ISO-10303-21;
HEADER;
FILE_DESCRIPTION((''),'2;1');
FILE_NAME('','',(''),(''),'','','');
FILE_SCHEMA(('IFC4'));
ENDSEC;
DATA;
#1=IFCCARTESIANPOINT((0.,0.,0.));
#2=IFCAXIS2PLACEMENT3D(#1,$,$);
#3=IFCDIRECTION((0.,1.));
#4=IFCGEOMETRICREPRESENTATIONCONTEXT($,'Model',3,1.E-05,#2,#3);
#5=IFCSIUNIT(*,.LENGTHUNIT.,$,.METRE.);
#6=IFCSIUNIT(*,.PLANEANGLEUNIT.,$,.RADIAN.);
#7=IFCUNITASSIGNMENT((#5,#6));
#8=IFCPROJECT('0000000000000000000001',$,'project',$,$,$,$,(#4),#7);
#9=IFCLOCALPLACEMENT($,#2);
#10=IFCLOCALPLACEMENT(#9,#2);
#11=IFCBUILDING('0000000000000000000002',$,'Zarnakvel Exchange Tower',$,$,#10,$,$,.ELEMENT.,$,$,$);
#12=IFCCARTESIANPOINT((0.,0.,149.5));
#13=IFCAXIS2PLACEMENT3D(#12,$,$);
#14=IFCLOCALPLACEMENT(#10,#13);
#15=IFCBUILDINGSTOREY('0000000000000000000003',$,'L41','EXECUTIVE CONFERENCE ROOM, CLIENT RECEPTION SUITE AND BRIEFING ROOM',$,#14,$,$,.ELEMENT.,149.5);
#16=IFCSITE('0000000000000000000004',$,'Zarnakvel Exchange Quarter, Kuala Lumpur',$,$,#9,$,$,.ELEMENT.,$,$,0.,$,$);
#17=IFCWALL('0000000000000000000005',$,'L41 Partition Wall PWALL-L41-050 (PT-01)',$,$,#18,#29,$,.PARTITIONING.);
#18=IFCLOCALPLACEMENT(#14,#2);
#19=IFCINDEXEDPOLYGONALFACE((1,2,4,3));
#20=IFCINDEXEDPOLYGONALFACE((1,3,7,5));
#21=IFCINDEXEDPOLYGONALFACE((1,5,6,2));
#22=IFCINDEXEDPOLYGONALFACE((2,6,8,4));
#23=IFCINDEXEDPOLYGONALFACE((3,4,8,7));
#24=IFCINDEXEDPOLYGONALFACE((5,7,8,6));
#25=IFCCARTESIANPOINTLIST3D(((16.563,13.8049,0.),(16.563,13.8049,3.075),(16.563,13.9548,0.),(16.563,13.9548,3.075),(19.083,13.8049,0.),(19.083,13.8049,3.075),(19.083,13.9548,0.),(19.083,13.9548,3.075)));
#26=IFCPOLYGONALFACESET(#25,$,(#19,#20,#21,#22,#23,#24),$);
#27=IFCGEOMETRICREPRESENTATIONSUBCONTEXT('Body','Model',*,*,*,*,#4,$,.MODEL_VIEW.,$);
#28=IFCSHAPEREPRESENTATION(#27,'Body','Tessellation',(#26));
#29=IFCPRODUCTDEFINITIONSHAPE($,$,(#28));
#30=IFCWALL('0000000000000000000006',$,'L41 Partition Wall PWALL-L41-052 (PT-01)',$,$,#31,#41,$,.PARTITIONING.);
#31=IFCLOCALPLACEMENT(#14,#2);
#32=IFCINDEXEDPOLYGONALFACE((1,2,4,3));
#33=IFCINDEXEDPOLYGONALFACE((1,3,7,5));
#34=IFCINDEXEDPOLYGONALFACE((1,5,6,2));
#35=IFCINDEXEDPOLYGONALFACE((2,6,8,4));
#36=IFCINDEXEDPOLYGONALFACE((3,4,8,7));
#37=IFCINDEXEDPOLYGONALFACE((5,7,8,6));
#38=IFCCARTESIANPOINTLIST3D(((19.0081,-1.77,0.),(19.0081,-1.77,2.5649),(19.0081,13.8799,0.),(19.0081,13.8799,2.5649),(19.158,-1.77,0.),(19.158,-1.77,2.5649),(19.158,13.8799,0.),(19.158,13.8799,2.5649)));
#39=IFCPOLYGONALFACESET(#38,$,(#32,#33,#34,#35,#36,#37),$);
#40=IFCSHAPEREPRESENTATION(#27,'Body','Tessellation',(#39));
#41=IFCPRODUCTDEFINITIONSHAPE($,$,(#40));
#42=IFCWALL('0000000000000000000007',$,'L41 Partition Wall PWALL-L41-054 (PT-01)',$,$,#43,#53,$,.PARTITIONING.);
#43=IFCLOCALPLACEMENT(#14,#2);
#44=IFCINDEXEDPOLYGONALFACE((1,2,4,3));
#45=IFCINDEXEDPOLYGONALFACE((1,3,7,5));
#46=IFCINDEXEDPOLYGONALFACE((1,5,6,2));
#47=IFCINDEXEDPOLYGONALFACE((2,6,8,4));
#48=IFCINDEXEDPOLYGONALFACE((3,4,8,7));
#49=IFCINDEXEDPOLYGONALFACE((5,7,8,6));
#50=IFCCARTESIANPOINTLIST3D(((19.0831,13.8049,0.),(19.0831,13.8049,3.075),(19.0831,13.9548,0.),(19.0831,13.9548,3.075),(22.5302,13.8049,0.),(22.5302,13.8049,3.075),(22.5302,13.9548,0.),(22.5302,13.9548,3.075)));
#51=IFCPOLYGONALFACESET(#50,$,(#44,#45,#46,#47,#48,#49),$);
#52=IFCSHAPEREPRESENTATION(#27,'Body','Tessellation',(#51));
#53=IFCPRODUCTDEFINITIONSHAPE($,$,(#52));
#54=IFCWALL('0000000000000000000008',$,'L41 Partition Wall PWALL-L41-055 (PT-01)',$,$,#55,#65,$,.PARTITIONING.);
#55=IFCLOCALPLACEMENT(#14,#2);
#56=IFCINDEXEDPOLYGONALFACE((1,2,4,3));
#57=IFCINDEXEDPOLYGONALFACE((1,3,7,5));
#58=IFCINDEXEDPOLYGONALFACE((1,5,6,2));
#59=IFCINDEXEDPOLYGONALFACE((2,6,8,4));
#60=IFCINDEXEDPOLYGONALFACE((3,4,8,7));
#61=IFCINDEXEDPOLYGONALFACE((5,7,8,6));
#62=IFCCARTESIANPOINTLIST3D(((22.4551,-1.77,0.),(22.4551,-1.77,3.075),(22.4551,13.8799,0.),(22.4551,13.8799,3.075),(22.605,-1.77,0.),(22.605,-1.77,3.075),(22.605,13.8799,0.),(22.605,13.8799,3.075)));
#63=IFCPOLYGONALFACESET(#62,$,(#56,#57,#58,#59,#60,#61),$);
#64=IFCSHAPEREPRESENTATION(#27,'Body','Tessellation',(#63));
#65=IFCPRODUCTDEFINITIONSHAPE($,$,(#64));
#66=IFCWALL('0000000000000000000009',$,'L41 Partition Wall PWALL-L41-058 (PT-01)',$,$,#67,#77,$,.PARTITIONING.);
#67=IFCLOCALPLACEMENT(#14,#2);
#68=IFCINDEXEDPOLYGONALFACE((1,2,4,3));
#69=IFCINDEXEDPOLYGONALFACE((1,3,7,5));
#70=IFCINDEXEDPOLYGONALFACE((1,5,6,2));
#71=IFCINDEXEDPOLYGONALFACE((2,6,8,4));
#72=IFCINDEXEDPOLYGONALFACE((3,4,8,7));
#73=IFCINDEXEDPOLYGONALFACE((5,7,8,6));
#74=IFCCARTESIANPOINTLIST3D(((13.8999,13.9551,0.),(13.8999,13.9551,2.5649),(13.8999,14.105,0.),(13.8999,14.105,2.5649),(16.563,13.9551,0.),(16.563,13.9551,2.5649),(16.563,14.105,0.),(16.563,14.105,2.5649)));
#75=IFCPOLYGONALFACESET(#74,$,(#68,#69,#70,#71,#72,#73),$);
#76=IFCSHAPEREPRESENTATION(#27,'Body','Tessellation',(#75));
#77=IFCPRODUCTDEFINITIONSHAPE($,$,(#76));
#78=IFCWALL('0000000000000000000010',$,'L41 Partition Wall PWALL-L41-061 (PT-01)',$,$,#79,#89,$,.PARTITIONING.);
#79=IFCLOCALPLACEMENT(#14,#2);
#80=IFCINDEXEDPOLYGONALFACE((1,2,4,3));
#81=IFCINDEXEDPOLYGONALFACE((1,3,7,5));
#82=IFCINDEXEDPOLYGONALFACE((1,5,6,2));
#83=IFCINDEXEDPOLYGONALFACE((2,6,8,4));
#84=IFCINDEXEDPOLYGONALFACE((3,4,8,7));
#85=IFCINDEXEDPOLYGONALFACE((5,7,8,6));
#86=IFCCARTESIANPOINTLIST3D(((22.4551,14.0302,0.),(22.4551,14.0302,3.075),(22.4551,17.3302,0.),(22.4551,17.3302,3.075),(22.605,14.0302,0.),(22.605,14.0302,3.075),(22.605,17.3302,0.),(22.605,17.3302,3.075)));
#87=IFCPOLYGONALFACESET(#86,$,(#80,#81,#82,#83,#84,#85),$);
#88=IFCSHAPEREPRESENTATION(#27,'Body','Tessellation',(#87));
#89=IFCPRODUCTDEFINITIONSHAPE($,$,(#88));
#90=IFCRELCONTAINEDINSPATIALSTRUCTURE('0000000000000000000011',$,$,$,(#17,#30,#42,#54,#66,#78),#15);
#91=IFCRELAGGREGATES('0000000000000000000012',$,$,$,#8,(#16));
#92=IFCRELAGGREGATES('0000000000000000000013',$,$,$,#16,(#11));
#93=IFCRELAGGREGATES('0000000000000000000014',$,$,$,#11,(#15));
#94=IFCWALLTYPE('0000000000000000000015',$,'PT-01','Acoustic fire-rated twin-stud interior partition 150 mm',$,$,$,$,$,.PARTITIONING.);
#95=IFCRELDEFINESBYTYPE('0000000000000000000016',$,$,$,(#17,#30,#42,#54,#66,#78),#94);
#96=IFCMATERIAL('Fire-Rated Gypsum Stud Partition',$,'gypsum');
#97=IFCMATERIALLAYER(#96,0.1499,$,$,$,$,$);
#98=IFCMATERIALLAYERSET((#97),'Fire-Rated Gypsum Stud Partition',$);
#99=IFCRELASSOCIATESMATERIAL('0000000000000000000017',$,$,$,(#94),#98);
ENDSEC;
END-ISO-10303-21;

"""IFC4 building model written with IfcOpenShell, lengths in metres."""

from ifc_helpers import new_model, si_unit, direction, frame, frame_2d, origin, place, context, subcontext, project, spatial, rectangle, extrude, material, layer, layer_set, type_object, element, save


model = new_model("IFC4")

# Units and contexts
model_context = context("Model", 3, precision=1e-05, world=origin(), true_north=direction((0.0, 1.0)))
body_context = subcontext(model_context, "Body", "Model", "MODEL_VIEW")
ifc_project = project(units=[si_unit("LENGTHUNIT", "METRE"), si_unit("PLANEANGLEUNIT", "RADIAN")], contexts=[model_context])

# Site, building, storey
site_placement = place(None, origin())
site = spatial("IfcSite", under=ifc_project, at=site_placement, Name="Zarnakvel Exchange Quarter, Kuala Lumpur", CompositionType="ELEMENT", RefElevation=0.0)
building_placement = place(site_placement, origin())
building = spatial("IfcBuilding", under=site, at=building_placement, Name="Zarnakvel Exchange Tower", CompositionType="ELEMENT")
storey_placement = place(building_placement, frame((0.0, 0.0, 149.5)))
storey = spatial("IfcBuildingStorey", under=building, at=storey_placement, Name="L41", Description="EXECUTIVE CONFERENCE ROOM, CLIENT RECEPTION SUITE AND BRIEFING ROOM", CompositionType="ELEMENT", Elevation=149.5)

# Walls
ifc_material_1 = material(Name="Fire-Rated Gypsum Stud Partition", Category="gypsum")
ifc_layer_1 = layer(ifc_material_1, 0.1499)
ifc_layer_set_1 = layer_set([ifc_layer_1], Name="Fire-Rated Gypsum Stud Partition")
wall_type_1 = type_object("IfcWallType", Name="PT-01", Description="Acoustic fire-rated twin-stud interior partition 150 mm", PredefinedType="PARTITIONING", material=ifc_layer_set_1)
wall_1_placement = place(storey_placement, frame((16.563, 13.8799, 0.0), z_axis=(0.0, 0.0, 1.0), x_axis=(1.0, 0.0, 0.0)))
element("IfcWall", 1, at=wall_1_placement, inside=storey, type_object=wall_type_1, Name="L41 Partition Wall PWALL-L41-050 (PT-01)", PredefinedType="PARTITIONING", context=body_context, shape_type="SweptSolid", body=[
    extrude(rectangle(XDim=2.52, YDim=0.1499, at=frame_2d((1.26, 0.0))), origin(), (0.0, 0.0, 1.0), 3.075),
])
wall_2_placement = place(storey_placement, frame((19.083, 13.8799, 0.0), z_axis=(0.0, 0.0, 1.0), x_axis=(0.0, -1.0, 0.0)))
element("IfcWall", 2, at=wall_2_placement, inside=storey, type_object=wall_type_1, Name="L41 Partition Wall PWALL-L41-052 (PT-01)", PredefinedType="PARTITIONING", context=body_context, shape_type="SweptSolid", body=[
    extrude(rectangle(XDim=15.6499, YDim=0.1499, at=frame_2d((7.825, 0.0))), origin(), (0.0, 0.0, 1.0), 2.5649),
])
wall_3_placement = place(storey_placement, frame((19.083, 13.8799, 0.0), z_axis=(0.0, 0.0, 1.0), x_axis=(1.0, 0.0, 0.0)))
element("IfcWall", 3, at=wall_3_placement, inside=storey, type_object=wall_type_1, Name="L41 Partition Wall PWALL-L41-054 (PT-01)", PredefinedType="PARTITIONING", context=body_context, shape_type="SweptSolid", body=[
    extrude(rectangle(XDim=3.447, YDim=0.1499, at=frame_2d((1.7236, 0.0))), origin(), (0.0, 0.0, 1.0), 3.075),
])
wall_4_placement = place(storey_placement, frame((22.53, 13.8799, 0.0), z_axis=(0.0, 0.0, 1.0), x_axis=(0.0, -1.0, 0.0)))
element("IfcWall", 4, at=wall_4_placement, inside=storey, type_object=wall_type_1, Name="L41 Partition Wall PWALL-L41-055 (PT-01)", PredefinedType="PARTITIONING", context=body_context, shape_type="SweptSolid", body=[
    extrude(rectangle(XDim=15.6499, YDim=0.1499, at=frame_2d((7.825, 0.0))), origin(), (0.0, 0.0, 1.0), 3.075),
])
wall_5_placement = place(storey_placement, frame((16.563, 14.03, 0.0), z_axis=(0.0, 0.0, 1.0), x_axis=(-1.0, 0.0, 0.0)))
element("IfcWall", 5, at=wall_5_placement, inside=storey, type_object=wall_type_1, Name="L41 Partition Wall PWALL-L41-058 (PT-01)", PredefinedType="PARTITIONING", context=body_context, shape_type="SweptSolid", body=[
    extrude(rectangle(XDim=2.6631, YDim=0.1499, at=frame_2d((1.3315, 0.0))), origin(), (0.0, 0.0, 1.0), 2.5649),
])
wall_6_placement = place(storey_placement, frame((22.53, 17.3301, 0.0), z_axis=(0.0, 0.0, 1.0), x_axis=(0.0, -1.0, 0.0)))
element("IfcWall", 6, at=wall_6_placement, inside=storey, type_object=wall_type_1, Name="L41 Partition Wall PWALL-L41-061 (PT-01)", PredefinedType="PARTITIONING", context=body_context, shape_type="SweptSolid", body=[
    extrude(rectangle(XDim=3.3, YDim=0.1499, at=frame_2d((1.6499, 0.0))), origin(), (0.0, 0.0, 1.0), 3.075),
])

save(model, "model.ifc")
